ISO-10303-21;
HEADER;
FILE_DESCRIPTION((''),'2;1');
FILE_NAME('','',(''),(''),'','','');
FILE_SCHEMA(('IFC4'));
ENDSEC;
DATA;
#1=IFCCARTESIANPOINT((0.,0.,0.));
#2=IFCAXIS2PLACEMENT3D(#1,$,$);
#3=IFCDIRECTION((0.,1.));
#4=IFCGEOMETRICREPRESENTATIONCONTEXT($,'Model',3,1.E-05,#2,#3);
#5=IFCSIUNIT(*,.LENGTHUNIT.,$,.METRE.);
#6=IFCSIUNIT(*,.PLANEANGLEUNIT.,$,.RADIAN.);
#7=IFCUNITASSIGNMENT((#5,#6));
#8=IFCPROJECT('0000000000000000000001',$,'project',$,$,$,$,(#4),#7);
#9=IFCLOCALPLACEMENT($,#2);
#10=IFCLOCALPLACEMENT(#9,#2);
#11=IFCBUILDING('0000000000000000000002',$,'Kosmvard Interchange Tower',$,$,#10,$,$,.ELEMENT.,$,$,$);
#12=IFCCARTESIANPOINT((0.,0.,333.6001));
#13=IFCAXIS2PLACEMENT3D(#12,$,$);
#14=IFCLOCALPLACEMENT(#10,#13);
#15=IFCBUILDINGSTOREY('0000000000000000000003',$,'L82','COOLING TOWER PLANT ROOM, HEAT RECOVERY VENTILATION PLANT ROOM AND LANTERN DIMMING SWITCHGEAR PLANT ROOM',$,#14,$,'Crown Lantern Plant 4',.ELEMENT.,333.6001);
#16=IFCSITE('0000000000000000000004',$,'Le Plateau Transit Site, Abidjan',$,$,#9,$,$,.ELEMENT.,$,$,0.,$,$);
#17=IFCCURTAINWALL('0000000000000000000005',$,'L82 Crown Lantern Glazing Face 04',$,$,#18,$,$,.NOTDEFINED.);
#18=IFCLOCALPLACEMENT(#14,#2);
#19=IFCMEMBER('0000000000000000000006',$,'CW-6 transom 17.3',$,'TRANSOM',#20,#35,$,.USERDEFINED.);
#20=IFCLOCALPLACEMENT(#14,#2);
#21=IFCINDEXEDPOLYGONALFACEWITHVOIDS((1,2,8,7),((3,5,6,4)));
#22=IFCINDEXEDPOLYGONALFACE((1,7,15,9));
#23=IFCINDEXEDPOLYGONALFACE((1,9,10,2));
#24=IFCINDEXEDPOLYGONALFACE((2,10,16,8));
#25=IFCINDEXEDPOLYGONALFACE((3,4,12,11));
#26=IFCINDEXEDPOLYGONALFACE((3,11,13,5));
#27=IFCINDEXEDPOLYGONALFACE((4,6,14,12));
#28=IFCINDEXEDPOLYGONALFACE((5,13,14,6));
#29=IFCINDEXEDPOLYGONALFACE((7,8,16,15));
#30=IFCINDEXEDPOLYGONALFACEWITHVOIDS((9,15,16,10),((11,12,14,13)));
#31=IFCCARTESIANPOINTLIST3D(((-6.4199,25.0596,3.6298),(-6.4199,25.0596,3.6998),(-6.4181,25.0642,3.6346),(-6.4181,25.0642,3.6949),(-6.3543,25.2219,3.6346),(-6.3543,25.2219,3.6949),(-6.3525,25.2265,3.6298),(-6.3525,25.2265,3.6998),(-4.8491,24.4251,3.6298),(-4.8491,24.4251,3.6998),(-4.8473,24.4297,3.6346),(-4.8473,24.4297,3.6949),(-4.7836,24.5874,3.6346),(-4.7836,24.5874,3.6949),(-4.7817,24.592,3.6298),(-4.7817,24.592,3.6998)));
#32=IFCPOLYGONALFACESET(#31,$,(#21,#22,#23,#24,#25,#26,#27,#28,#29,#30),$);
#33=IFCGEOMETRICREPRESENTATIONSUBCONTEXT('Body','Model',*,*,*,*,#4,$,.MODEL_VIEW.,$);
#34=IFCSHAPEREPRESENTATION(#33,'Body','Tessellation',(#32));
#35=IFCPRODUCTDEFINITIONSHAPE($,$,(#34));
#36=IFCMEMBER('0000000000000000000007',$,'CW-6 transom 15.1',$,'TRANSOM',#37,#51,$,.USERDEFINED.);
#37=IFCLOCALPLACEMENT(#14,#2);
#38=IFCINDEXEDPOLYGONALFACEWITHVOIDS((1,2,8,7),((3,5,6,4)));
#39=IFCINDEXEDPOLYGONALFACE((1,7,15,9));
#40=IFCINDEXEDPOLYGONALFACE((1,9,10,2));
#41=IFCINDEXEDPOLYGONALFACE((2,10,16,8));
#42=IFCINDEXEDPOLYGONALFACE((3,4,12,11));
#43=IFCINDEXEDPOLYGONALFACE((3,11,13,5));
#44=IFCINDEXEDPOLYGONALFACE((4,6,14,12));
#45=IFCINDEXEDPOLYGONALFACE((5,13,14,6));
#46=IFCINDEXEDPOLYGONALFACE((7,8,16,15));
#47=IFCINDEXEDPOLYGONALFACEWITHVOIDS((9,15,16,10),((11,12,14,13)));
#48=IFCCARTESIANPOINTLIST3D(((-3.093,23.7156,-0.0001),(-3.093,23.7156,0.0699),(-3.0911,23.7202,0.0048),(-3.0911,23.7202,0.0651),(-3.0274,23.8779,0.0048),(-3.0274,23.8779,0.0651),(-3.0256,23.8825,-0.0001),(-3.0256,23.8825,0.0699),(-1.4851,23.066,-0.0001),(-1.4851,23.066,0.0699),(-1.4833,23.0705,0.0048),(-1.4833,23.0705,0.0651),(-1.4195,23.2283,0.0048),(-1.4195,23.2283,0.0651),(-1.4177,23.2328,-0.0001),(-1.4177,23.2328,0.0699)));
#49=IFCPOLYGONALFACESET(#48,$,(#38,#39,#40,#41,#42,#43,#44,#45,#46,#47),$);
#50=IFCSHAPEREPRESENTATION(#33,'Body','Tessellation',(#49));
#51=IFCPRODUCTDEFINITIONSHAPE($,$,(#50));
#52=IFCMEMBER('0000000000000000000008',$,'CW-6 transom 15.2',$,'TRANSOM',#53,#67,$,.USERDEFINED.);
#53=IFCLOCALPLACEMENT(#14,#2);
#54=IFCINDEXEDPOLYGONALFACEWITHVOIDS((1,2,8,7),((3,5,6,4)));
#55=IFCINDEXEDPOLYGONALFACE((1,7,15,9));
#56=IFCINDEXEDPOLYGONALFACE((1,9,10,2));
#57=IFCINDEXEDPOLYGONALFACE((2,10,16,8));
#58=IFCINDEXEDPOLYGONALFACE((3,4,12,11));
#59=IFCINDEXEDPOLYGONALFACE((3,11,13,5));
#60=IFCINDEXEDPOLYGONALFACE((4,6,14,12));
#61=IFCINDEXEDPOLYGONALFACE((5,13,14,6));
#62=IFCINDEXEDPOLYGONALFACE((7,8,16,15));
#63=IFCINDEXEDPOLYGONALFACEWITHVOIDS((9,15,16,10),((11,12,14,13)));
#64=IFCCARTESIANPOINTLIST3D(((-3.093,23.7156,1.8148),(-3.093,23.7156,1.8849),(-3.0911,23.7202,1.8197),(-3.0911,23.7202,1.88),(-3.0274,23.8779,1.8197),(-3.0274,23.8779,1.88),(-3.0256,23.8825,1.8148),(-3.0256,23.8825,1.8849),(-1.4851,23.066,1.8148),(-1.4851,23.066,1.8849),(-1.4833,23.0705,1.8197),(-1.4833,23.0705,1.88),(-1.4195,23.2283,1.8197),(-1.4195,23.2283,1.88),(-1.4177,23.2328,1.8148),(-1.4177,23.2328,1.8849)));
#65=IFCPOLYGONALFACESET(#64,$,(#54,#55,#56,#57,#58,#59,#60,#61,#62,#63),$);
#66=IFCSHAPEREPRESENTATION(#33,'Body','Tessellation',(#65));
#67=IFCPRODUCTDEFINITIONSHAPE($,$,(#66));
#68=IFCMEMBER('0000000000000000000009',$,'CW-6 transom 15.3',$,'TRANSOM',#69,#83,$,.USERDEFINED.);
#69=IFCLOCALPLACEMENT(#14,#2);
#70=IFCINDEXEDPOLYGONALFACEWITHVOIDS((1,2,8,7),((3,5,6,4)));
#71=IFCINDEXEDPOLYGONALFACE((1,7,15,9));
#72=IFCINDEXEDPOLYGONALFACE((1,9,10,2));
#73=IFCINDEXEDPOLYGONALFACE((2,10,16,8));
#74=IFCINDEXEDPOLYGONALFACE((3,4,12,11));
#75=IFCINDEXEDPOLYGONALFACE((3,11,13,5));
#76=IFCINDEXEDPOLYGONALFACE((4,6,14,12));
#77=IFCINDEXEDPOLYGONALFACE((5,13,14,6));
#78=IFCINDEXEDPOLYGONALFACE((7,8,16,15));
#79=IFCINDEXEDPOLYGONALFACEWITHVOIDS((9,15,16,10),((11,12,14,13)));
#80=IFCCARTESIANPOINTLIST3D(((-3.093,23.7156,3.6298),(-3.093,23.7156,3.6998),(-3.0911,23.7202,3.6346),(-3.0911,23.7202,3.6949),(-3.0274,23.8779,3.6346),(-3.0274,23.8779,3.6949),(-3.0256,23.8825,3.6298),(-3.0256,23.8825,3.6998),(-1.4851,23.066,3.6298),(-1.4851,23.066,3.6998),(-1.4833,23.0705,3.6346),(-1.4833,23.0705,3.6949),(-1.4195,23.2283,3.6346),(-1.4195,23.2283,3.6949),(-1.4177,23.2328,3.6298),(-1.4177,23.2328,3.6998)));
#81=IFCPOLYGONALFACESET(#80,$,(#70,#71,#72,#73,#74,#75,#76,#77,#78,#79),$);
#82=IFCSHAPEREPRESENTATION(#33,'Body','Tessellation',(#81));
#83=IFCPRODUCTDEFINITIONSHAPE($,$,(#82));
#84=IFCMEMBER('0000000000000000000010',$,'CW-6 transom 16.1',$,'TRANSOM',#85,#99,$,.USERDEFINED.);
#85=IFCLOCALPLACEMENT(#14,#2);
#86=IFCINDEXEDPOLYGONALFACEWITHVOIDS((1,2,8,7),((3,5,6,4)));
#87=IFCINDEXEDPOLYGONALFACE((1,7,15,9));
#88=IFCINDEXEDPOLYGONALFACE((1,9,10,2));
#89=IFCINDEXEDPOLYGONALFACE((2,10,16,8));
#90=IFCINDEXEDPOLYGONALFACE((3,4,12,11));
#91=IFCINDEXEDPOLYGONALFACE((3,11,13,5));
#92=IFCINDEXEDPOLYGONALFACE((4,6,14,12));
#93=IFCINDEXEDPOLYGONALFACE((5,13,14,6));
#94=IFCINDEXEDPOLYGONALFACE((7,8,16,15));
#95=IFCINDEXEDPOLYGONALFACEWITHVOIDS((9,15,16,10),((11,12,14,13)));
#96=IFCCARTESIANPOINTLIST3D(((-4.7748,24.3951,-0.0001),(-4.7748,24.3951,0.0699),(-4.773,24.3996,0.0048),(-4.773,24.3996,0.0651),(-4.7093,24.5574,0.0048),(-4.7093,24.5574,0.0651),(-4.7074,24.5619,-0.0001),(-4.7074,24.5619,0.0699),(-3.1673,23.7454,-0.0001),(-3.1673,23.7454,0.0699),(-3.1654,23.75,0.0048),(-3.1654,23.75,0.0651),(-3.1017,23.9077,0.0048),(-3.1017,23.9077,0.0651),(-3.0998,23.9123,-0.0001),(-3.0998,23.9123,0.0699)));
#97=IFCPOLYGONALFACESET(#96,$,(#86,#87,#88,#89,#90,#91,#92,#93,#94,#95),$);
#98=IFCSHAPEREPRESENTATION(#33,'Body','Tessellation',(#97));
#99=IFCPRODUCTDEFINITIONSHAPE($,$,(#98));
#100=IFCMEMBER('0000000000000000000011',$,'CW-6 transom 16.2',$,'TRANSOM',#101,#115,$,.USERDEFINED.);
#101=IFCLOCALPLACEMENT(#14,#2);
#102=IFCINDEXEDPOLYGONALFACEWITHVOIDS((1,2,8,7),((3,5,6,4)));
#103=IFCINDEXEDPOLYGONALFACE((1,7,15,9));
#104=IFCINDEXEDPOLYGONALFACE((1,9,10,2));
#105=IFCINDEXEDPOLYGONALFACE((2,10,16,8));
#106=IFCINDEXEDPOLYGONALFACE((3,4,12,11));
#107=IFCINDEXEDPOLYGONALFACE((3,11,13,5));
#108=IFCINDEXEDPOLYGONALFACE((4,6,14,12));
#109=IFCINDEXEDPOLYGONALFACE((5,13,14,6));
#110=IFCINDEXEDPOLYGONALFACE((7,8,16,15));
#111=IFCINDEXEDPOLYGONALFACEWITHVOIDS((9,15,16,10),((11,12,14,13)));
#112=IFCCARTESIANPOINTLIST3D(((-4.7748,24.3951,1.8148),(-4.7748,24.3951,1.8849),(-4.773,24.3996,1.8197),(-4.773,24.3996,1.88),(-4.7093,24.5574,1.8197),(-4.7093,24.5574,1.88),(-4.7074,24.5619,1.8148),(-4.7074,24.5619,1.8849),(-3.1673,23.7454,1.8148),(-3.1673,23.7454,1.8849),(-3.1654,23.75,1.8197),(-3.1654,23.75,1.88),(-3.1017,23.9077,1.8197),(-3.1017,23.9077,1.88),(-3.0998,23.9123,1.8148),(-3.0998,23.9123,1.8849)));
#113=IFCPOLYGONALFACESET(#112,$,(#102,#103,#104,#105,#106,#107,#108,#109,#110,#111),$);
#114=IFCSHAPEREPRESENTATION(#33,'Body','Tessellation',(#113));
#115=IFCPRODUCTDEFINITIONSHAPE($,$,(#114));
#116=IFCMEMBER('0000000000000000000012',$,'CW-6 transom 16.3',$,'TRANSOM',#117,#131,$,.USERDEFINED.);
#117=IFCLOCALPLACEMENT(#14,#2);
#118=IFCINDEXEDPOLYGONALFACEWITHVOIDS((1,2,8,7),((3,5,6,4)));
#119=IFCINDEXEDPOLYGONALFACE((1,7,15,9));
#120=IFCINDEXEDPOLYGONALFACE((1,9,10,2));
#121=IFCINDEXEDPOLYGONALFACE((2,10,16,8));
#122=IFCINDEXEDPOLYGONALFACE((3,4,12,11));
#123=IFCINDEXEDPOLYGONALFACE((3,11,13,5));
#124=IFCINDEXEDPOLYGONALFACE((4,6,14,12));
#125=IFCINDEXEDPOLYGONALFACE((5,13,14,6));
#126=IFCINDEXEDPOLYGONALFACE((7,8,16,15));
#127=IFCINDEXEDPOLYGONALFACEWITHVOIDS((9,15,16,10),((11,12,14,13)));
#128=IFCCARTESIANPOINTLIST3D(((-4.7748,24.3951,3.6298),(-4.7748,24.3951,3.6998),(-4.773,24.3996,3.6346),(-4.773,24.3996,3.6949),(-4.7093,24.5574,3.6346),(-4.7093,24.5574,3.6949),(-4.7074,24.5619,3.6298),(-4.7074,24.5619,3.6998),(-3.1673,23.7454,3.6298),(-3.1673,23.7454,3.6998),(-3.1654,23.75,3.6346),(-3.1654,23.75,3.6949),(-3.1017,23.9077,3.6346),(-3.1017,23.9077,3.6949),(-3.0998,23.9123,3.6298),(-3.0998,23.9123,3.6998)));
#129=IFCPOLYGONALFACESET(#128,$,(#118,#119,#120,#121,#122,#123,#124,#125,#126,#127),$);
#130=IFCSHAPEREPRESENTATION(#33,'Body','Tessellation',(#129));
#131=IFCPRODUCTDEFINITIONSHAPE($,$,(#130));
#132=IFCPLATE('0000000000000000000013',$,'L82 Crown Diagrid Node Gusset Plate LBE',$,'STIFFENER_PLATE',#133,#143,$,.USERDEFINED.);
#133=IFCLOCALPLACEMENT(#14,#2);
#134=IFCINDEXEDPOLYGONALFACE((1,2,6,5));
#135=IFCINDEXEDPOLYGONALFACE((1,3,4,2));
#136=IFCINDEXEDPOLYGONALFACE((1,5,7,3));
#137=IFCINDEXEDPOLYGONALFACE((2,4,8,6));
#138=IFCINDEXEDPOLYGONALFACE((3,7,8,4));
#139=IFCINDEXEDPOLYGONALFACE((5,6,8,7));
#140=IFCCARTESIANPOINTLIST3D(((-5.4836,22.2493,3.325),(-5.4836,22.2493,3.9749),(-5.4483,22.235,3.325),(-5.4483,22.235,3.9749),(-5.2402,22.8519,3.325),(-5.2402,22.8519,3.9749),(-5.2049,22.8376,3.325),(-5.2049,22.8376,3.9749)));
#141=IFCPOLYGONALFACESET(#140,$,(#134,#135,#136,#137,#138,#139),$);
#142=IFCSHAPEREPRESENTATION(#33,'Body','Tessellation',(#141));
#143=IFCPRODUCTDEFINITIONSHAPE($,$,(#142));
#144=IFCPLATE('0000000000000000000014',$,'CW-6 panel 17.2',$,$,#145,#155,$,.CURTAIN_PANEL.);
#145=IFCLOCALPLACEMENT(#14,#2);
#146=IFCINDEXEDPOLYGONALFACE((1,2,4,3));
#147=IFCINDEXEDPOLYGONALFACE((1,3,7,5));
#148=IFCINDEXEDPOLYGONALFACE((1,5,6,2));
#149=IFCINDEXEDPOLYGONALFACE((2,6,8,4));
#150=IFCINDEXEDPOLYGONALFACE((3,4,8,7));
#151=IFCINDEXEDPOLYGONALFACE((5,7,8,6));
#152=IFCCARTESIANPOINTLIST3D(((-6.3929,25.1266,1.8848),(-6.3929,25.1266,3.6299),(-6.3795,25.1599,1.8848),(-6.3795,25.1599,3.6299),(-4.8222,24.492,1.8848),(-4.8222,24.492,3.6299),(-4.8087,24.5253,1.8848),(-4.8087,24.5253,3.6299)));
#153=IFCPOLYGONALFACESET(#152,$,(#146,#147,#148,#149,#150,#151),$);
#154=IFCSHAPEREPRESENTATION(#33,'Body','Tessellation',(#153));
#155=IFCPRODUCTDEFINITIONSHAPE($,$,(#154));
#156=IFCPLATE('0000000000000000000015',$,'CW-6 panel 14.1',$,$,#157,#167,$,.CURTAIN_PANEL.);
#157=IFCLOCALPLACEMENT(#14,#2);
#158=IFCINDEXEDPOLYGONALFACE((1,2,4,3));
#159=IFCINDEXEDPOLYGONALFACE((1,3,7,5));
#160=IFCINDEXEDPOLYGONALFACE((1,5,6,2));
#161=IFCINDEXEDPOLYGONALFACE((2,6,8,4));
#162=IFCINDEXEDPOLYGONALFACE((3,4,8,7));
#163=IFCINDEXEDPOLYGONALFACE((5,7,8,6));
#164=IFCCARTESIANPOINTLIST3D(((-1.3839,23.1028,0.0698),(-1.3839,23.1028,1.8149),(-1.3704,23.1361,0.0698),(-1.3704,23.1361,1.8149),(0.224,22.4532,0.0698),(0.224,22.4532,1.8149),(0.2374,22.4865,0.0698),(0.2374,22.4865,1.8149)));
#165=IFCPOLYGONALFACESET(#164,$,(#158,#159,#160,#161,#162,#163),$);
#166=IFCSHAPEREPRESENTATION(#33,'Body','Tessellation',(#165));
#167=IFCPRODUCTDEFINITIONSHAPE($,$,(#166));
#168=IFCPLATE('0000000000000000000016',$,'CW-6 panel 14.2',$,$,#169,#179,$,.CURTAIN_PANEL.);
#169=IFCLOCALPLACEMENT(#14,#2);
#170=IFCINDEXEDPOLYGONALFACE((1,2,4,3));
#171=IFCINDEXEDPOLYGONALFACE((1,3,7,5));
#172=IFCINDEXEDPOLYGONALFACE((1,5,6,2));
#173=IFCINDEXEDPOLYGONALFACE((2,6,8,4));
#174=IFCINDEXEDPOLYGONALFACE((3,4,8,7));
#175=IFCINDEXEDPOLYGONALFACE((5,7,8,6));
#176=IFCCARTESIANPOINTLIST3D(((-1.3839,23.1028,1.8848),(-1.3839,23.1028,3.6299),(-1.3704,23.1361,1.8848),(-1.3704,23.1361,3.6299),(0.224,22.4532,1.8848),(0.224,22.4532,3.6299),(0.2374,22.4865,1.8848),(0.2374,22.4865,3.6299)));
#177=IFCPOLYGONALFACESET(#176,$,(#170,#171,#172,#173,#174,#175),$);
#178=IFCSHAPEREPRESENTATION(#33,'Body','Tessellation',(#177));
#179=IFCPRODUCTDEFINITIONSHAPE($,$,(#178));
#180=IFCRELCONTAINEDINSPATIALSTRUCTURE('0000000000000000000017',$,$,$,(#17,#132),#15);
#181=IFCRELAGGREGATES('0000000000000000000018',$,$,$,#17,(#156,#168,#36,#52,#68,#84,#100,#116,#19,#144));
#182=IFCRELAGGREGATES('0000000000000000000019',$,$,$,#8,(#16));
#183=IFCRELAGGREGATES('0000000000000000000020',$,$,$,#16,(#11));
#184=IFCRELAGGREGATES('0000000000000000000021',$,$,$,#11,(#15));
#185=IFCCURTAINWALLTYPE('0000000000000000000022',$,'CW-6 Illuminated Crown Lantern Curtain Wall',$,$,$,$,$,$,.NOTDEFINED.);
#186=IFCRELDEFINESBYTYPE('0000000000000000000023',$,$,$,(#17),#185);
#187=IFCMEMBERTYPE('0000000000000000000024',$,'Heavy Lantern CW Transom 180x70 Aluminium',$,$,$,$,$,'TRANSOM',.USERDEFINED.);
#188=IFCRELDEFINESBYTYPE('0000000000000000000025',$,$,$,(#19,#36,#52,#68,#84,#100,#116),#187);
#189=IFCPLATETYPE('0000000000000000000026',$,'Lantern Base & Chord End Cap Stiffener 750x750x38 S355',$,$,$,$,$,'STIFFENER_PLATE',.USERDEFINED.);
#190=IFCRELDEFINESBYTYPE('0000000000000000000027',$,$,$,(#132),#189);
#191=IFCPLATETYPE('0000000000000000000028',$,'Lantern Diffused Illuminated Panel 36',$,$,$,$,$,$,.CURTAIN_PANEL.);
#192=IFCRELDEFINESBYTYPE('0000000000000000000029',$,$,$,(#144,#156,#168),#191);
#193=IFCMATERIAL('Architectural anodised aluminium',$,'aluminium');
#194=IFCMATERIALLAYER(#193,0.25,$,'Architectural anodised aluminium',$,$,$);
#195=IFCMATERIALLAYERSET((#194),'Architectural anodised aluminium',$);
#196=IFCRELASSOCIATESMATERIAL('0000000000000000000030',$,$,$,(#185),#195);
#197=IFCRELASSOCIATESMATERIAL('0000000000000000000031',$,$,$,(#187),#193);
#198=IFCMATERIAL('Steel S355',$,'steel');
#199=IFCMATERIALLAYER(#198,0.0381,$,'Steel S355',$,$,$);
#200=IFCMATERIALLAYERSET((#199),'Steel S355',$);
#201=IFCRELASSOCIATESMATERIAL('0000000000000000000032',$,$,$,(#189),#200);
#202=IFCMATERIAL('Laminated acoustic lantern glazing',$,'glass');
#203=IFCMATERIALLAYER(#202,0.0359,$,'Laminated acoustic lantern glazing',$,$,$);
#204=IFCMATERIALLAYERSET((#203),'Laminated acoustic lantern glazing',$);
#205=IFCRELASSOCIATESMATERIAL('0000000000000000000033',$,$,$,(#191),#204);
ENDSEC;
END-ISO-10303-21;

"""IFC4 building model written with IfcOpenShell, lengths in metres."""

from ifc_helpers import new_model, si_unit, direction, frame, origin, origin_2d, place, context, subcontext, project, spatial, rectangle, hollow_rectangle, extrude, source, transform, mapped, material, layer, layer_set, material_profile, profile_set, type_object, element, aggregate, save


model = new_model("IFC4")

# Units and contexts
model_context = context("Model", 3, precision=1e-05, world=origin(), true_north=direction((0.0, 1.0)))
body_context = subcontext(model_context, "Body", "Model", "MODEL_VIEW")
ifc_project = project(units=[si_unit("LENGTHUNIT", "METRE"), si_unit("PLANEANGLEUNIT", "RADIAN")], contexts=[model_context])

# Site, building, storey
site_placement = place(None, origin())
site = spatial("IfcSite", under=ifc_project, at=site_placement, Name="Le Plateau Transit Site, Abidjan", CompositionType="ELEMENT", RefElevation=0.0)
building_placement = place(site_placement, origin())
building = spatial("IfcBuilding", under=site, at=building_placement, Name="Kosmvard Interchange Tower", CompositionType="ELEMENT")
storey_placement = place(building_placement, frame((0.0, 0.0, 333.6001)))
storey = spatial("IfcBuildingStorey", under=building, at=storey_placement, Name="L82", Description="COOLING TOWER PLANT ROOM, HEAT RECOVERY VENTILATION PLANT ROOM AND LANTERN DIMMING SWITCHGEAR PLANT ROOM", LongName="Crown Lantern Plant 4", CompositionType="ELEMENT", Elevation=333.6001)

# Shared definitions
ifc_material_1 = material(Name="Steel S355", Category="steel")

# Curtain wall, members
ifc_material_2 = material(Name="Architectural anodised aluminium", Category="aluminium")
ifc_layer_1 = layer(ifc_material_2, 0.25, Name="Architectural anodised aluminium")
ifc_layer_set_1 = layer_set([ifc_layer_1], Name="Architectural anodised aluminium")
curtain_wall_type = type_object("IfcCurtainWallType", Name="CW-6 Illuminated Crown Lantern Curtain Wall", PredefinedType="NOTDEFINED", material=ifc_layer_set_1)
curtain_wall_placement = place(storey_placement, origin())
curtain_wall = element("IfcCurtainWall", 1, at=curtain_wall_placement, inside=storey, type_object=curtain_wall_type, Name="L82 Crown Lantern Glazing Face 04", PredefinedType="NOTDEFINED")
ifc_material_profile_1 = material_profile(ifc_material_2, hollow_rectangle(XDim=0.1799, YDim=0.0701, WallThickness=0.0049, at=origin_2d()), Name="CWT 180x70x5")
ifc_profile_set_1 = profile_set([ifc_material_profile_1], Name="Architectural anodised aluminium")
member_type_1 = type_object("IfcMemberType", Name="Heavy Lantern CW Transom 180x70 Aluminium", ElementType="TRANSOM", PredefinedType="USERDEFINED", material=ifc_profile_set_1)
shared_shape_1 = source(origin(), body_context, "Body", "SweptSolid", [
    extrude(hollow_rectangle(XDim=0.1799, YDim=0.0701, WallThickness=0.0049, at=origin_2d()), origin(), (0.0, 0.0, 1.0), 1.6941),
])
member_1_placement = place(storey_placement, frame((-4.8154, 24.5085, 3.6648), z_axis=(-0.927209, 0.374544, 0.0), x_axis=(-0.374544, -0.927209, 0.0)))
member_1 = element("IfcMember", 2, at=member_1_placement, type_object=member_type_1, Name="CW-6 transom 17.3", ObjectType="TRANSOM", PredefinedType="USERDEFINED", context=body_context, shape_type="MappedRepresentation", body=[
    mapped(shared_shape_1, transform((0.0, 0.0, 0.0), scale=1.0)),
])
shared_shape_2 = source(origin(), body_context, "Body", "SweptSolid", [
    extrude(hollow_rectangle(XDim=0.1799, YDim=0.0701, WallThickness=0.0049, at=origin_2d()), origin(), (0.0, 0.0, 1.0), 1.7341),
])
member_2_placement = place(storey_placement, frame((-1.4514, 23.1494, 0.0349), z_axis=(-0.92718, 0.374617, 0.0), x_axis=(-0.374617, -0.92718, 0.0)))
member_2 = element("IfcMember", 3, at=member_2_placement, type_object=member_type_1, Name="CW-6 transom 15.1", ObjectType="TRANSOM", PredefinedType="USERDEFINED", context=body_context, shape_type="MappedRepresentation", body=[
    mapped(shared_shape_2, transform((0.0, 0.0, 0.0), scale=1.0)),
])
member_3_placement = place(storey_placement, frame((-1.4514, 23.1494, 1.8499), z_axis=(-0.92718, 0.374617, 0.0), x_axis=(-0.374617, -0.92718, 0.0)))
member_3 = element("IfcMember", 4, at=member_3_placement, type_object=member_type_1, Name="CW-6 transom 15.2", ObjectType="TRANSOM", PredefinedType="USERDEFINED", context=body_context, shape_type="MappedRepresentation", body=[
    mapped(shared_shape_2, transform((0.0, 0.0, 0.0), scale=1.0)),
])
member_4_placement = place(storey_placement, frame((-1.4514, 23.1494, 3.6648), z_axis=(-0.92718, 0.374617, 0.0), x_axis=(-0.374617, -0.92718, 0.0)))
member_4 = element("IfcMember", 5, at=member_4_placement, type_object=member_type_1, Name="CW-6 transom 15.3", ObjectType="TRANSOM", PredefinedType="USERDEFINED", context=body_context, shape_type="MappedRepresentation", body=[
    mapped(shared_shape_2, transform((0.0, 0.0, 0.0), scale=1.0)),
])
shared_shape_3 = source(origin(), body_context, "Body", "SweptSolid", [
    extrude(hollow_rectangle(XDim=0.1799, YDim=0.0701, WallThickness=0.0049, at=origin_2d()), origin(), (0.0, 0.0, 1.0), 1.7339),
])
member_5_placement = place(storey_placement, frame((-3.1335, 23.8289, 0.0349), z_axis=(-0.92716, 0.374666, 0.0), x_axis=(-0.374666, -0.92716, 0.0)))
member_5 = element("IfcMember", 6, at=member_5_placement, type_object=member_type_1, Name="CW-6 transom 16.1", ObjectType="TRANSOM", PredefinedType="USERDEFINED", context=body_context, shape_type="MappedRepresentation", body=[
    mapped(shared_shape_3, transform((0.0, 0.0, 0.0), scale=1.0)),
])
member_6_placement = place(storey_placement, frame((-3.1335, 23.8289, 1.8499), z_axis=(-0.92716, 0.374666, 0.0), x_axis=(-0.374666, -0.92716, 0.0)))
member_6 = element("IfcMember", 7, at=member_6_placement, type_object=member_type_1, Name="CW-6 transom 16.2", ObjectType="TRANSOM", PredefinedType="USERDEFINED", context=body_context, shape_type="MappedRepresentation", body=[
    mapped(shared_shape_3, transform((0.0, 0.0, 0.0), scale=1.0)),
])
member_7_placement = place(storey_placement, frame((-3.1335, 23.8289, 3.6648), z_axis=(-0.92716, 0.374666, 0.0), x_axis=(-0.374666, -0.92716, 0.0)))
member_7 = element("IfcMember", 8, at=member_7_placement, type_object=member_type_1, Name="CW-6 transom 16.3", ObjectType="TRANSOM", PredefinedType="USERDEFINED", context=body_context, shape_type="MappedRepresentation", body=[
    mapped(shared_shape_3, transform((0.0, 0.0, 0.0), scale=1.0)),
])

# Plates
ifc_layer_2 = layer(ifc_material_1, 0.0381, Name="Steel S355")
ifc_layer_set_2 = layer_set([ifc_layer_2], Name="Steel S355")
plate_type_1 = type_object("IfcPlateType", Name="Lantern Base & Chord End Cap Stiffener 750x750x38 S355", ElementType="STIFFENER_PLATE", PredefinedType="USERDEFINED", material=ifc_layer_set_2)
shared_shape_4 = source(origin(), body_context, "Body", "SweptSolid", [
    extrude(rectangle(XDim=0.6499, YDim=0.0381, at=origin_2d()), origin(), (0.0, 0.0, 1.0), 0.6499),
])
plate_1_placement = place(storey_placement, frame((-5.3442, 22.5435, 3.325), z_axis=(0.0, 0.0, 1.0), x_axis=(0.374607, 0.927184, 0.0)))
element("IfcPlate", 9, at=plate_1_placement, inside=storey, type_object=plate_type_1, Name="L82 Crown Diagrid Node Gusset Plate LBE", ObjectType="STIFFENER_PLATE", PredefinedType="USERDEFINED", context=body_context, shape_type="MappedRepresentation", body=[
    mapped(shared_shape_4, transform((0.0, 0.0, 0.0), scale=1.0)),
])
ifc_material_3 = material(Name="Laminated acoustic lantern glazing", Category="glass")
ifc_layer_3 = layer(ifc_material_3, 0.0359, Name="Laminated acoustic lantern glazing")
ifc_layer_set_3 = layer_set([ifc_layer_3], Name="Laminated acoustic lantern glazing")
plate_type_2 = type_object("IfcPlateType", Name="Lantern Diffused Illuminated Panel 36", PredefinedType="CURTAIN_PANEL", material=ifc_layer_set_3)
shared_shape_5 = source(origin(), body_context, "Body", "SweptSolid", [
    extrude(rectangle(XDim=1.6941, YDim=0.0359, at=origin_2d()), origin(), (0.0, 0.0, 1.0), 1.7451),
])
plate_2_placement = place(storey_placement, frame((-5.6008, 24.8259, 1.8848), z_axis=(0.0, 0.0, 1.0), x_axis=(-0.927184, 0.374607, 0.0)))
plate_2 = element("IfcPlate", 10, at=plate_2_placement, type_object=plate_type_2, Name="CW-6 panel 17.2", PredefinedType="CURTAIN_PANEL", context=body_context, shape_type="MappedRepresentation", body=[
    mapped(shared_shape_5, transform((0.0, 0.0, 0.0), scale=1.0)),
])
shared_shape_6 = source(origin(), body_context, "Body", "SweptSolid", [
    extrude(rectangle(XDim=1.7341, YDim=0.0359, at=origin_2d()), origin(), (0.0, 0.0, 1.0), 1.7451),
])
plate_3_placement = place(storey_placement, frame((-0.5732, 22.7947, 0.0698), z_axis=(0.0, 0.0, 1.0), x_axis=(-0.927184, 0.374607, 0.0)))
plate_3 = element("IfcPlate", 11, at=plate_3_placement, type_object=plate_type_2, Name="CW-6 panel 14.1", PredefinedType="CURTAIN_PANEL", context=body_context, shape_type="MappedRepresentation", body=[
    mapped(shared_shape_6, transform((0.0, 0.0, 0.0), scale=1.0)),
])
plate_4_placement = place(storey_placement, frame((-0.5732, 22.7947, 1.8848), z_axis=(0.0, 0.0, 1.0), x_axis=(-0.927184, 0.374607, 0.0)))
plate_4 = element("IfcPlate", 12, at=plate_4_placement, type_object=plate_type_2, Name="CW-6 panel 14.2", PredefinedType="CURTAIN_PANEL", context=body_context, shape_type="MappedRepresentation", body=[
    mapped(shared_shape_6, transform((0.0, 0.0, 0.0), scale=1.0)),
])
aggregate(curtain_wall, [plate_3, plate_4, member_2, member_3, member_4, member_5, member_6, member_7, member_1, plate_2])

save(model, "model.ifc")
